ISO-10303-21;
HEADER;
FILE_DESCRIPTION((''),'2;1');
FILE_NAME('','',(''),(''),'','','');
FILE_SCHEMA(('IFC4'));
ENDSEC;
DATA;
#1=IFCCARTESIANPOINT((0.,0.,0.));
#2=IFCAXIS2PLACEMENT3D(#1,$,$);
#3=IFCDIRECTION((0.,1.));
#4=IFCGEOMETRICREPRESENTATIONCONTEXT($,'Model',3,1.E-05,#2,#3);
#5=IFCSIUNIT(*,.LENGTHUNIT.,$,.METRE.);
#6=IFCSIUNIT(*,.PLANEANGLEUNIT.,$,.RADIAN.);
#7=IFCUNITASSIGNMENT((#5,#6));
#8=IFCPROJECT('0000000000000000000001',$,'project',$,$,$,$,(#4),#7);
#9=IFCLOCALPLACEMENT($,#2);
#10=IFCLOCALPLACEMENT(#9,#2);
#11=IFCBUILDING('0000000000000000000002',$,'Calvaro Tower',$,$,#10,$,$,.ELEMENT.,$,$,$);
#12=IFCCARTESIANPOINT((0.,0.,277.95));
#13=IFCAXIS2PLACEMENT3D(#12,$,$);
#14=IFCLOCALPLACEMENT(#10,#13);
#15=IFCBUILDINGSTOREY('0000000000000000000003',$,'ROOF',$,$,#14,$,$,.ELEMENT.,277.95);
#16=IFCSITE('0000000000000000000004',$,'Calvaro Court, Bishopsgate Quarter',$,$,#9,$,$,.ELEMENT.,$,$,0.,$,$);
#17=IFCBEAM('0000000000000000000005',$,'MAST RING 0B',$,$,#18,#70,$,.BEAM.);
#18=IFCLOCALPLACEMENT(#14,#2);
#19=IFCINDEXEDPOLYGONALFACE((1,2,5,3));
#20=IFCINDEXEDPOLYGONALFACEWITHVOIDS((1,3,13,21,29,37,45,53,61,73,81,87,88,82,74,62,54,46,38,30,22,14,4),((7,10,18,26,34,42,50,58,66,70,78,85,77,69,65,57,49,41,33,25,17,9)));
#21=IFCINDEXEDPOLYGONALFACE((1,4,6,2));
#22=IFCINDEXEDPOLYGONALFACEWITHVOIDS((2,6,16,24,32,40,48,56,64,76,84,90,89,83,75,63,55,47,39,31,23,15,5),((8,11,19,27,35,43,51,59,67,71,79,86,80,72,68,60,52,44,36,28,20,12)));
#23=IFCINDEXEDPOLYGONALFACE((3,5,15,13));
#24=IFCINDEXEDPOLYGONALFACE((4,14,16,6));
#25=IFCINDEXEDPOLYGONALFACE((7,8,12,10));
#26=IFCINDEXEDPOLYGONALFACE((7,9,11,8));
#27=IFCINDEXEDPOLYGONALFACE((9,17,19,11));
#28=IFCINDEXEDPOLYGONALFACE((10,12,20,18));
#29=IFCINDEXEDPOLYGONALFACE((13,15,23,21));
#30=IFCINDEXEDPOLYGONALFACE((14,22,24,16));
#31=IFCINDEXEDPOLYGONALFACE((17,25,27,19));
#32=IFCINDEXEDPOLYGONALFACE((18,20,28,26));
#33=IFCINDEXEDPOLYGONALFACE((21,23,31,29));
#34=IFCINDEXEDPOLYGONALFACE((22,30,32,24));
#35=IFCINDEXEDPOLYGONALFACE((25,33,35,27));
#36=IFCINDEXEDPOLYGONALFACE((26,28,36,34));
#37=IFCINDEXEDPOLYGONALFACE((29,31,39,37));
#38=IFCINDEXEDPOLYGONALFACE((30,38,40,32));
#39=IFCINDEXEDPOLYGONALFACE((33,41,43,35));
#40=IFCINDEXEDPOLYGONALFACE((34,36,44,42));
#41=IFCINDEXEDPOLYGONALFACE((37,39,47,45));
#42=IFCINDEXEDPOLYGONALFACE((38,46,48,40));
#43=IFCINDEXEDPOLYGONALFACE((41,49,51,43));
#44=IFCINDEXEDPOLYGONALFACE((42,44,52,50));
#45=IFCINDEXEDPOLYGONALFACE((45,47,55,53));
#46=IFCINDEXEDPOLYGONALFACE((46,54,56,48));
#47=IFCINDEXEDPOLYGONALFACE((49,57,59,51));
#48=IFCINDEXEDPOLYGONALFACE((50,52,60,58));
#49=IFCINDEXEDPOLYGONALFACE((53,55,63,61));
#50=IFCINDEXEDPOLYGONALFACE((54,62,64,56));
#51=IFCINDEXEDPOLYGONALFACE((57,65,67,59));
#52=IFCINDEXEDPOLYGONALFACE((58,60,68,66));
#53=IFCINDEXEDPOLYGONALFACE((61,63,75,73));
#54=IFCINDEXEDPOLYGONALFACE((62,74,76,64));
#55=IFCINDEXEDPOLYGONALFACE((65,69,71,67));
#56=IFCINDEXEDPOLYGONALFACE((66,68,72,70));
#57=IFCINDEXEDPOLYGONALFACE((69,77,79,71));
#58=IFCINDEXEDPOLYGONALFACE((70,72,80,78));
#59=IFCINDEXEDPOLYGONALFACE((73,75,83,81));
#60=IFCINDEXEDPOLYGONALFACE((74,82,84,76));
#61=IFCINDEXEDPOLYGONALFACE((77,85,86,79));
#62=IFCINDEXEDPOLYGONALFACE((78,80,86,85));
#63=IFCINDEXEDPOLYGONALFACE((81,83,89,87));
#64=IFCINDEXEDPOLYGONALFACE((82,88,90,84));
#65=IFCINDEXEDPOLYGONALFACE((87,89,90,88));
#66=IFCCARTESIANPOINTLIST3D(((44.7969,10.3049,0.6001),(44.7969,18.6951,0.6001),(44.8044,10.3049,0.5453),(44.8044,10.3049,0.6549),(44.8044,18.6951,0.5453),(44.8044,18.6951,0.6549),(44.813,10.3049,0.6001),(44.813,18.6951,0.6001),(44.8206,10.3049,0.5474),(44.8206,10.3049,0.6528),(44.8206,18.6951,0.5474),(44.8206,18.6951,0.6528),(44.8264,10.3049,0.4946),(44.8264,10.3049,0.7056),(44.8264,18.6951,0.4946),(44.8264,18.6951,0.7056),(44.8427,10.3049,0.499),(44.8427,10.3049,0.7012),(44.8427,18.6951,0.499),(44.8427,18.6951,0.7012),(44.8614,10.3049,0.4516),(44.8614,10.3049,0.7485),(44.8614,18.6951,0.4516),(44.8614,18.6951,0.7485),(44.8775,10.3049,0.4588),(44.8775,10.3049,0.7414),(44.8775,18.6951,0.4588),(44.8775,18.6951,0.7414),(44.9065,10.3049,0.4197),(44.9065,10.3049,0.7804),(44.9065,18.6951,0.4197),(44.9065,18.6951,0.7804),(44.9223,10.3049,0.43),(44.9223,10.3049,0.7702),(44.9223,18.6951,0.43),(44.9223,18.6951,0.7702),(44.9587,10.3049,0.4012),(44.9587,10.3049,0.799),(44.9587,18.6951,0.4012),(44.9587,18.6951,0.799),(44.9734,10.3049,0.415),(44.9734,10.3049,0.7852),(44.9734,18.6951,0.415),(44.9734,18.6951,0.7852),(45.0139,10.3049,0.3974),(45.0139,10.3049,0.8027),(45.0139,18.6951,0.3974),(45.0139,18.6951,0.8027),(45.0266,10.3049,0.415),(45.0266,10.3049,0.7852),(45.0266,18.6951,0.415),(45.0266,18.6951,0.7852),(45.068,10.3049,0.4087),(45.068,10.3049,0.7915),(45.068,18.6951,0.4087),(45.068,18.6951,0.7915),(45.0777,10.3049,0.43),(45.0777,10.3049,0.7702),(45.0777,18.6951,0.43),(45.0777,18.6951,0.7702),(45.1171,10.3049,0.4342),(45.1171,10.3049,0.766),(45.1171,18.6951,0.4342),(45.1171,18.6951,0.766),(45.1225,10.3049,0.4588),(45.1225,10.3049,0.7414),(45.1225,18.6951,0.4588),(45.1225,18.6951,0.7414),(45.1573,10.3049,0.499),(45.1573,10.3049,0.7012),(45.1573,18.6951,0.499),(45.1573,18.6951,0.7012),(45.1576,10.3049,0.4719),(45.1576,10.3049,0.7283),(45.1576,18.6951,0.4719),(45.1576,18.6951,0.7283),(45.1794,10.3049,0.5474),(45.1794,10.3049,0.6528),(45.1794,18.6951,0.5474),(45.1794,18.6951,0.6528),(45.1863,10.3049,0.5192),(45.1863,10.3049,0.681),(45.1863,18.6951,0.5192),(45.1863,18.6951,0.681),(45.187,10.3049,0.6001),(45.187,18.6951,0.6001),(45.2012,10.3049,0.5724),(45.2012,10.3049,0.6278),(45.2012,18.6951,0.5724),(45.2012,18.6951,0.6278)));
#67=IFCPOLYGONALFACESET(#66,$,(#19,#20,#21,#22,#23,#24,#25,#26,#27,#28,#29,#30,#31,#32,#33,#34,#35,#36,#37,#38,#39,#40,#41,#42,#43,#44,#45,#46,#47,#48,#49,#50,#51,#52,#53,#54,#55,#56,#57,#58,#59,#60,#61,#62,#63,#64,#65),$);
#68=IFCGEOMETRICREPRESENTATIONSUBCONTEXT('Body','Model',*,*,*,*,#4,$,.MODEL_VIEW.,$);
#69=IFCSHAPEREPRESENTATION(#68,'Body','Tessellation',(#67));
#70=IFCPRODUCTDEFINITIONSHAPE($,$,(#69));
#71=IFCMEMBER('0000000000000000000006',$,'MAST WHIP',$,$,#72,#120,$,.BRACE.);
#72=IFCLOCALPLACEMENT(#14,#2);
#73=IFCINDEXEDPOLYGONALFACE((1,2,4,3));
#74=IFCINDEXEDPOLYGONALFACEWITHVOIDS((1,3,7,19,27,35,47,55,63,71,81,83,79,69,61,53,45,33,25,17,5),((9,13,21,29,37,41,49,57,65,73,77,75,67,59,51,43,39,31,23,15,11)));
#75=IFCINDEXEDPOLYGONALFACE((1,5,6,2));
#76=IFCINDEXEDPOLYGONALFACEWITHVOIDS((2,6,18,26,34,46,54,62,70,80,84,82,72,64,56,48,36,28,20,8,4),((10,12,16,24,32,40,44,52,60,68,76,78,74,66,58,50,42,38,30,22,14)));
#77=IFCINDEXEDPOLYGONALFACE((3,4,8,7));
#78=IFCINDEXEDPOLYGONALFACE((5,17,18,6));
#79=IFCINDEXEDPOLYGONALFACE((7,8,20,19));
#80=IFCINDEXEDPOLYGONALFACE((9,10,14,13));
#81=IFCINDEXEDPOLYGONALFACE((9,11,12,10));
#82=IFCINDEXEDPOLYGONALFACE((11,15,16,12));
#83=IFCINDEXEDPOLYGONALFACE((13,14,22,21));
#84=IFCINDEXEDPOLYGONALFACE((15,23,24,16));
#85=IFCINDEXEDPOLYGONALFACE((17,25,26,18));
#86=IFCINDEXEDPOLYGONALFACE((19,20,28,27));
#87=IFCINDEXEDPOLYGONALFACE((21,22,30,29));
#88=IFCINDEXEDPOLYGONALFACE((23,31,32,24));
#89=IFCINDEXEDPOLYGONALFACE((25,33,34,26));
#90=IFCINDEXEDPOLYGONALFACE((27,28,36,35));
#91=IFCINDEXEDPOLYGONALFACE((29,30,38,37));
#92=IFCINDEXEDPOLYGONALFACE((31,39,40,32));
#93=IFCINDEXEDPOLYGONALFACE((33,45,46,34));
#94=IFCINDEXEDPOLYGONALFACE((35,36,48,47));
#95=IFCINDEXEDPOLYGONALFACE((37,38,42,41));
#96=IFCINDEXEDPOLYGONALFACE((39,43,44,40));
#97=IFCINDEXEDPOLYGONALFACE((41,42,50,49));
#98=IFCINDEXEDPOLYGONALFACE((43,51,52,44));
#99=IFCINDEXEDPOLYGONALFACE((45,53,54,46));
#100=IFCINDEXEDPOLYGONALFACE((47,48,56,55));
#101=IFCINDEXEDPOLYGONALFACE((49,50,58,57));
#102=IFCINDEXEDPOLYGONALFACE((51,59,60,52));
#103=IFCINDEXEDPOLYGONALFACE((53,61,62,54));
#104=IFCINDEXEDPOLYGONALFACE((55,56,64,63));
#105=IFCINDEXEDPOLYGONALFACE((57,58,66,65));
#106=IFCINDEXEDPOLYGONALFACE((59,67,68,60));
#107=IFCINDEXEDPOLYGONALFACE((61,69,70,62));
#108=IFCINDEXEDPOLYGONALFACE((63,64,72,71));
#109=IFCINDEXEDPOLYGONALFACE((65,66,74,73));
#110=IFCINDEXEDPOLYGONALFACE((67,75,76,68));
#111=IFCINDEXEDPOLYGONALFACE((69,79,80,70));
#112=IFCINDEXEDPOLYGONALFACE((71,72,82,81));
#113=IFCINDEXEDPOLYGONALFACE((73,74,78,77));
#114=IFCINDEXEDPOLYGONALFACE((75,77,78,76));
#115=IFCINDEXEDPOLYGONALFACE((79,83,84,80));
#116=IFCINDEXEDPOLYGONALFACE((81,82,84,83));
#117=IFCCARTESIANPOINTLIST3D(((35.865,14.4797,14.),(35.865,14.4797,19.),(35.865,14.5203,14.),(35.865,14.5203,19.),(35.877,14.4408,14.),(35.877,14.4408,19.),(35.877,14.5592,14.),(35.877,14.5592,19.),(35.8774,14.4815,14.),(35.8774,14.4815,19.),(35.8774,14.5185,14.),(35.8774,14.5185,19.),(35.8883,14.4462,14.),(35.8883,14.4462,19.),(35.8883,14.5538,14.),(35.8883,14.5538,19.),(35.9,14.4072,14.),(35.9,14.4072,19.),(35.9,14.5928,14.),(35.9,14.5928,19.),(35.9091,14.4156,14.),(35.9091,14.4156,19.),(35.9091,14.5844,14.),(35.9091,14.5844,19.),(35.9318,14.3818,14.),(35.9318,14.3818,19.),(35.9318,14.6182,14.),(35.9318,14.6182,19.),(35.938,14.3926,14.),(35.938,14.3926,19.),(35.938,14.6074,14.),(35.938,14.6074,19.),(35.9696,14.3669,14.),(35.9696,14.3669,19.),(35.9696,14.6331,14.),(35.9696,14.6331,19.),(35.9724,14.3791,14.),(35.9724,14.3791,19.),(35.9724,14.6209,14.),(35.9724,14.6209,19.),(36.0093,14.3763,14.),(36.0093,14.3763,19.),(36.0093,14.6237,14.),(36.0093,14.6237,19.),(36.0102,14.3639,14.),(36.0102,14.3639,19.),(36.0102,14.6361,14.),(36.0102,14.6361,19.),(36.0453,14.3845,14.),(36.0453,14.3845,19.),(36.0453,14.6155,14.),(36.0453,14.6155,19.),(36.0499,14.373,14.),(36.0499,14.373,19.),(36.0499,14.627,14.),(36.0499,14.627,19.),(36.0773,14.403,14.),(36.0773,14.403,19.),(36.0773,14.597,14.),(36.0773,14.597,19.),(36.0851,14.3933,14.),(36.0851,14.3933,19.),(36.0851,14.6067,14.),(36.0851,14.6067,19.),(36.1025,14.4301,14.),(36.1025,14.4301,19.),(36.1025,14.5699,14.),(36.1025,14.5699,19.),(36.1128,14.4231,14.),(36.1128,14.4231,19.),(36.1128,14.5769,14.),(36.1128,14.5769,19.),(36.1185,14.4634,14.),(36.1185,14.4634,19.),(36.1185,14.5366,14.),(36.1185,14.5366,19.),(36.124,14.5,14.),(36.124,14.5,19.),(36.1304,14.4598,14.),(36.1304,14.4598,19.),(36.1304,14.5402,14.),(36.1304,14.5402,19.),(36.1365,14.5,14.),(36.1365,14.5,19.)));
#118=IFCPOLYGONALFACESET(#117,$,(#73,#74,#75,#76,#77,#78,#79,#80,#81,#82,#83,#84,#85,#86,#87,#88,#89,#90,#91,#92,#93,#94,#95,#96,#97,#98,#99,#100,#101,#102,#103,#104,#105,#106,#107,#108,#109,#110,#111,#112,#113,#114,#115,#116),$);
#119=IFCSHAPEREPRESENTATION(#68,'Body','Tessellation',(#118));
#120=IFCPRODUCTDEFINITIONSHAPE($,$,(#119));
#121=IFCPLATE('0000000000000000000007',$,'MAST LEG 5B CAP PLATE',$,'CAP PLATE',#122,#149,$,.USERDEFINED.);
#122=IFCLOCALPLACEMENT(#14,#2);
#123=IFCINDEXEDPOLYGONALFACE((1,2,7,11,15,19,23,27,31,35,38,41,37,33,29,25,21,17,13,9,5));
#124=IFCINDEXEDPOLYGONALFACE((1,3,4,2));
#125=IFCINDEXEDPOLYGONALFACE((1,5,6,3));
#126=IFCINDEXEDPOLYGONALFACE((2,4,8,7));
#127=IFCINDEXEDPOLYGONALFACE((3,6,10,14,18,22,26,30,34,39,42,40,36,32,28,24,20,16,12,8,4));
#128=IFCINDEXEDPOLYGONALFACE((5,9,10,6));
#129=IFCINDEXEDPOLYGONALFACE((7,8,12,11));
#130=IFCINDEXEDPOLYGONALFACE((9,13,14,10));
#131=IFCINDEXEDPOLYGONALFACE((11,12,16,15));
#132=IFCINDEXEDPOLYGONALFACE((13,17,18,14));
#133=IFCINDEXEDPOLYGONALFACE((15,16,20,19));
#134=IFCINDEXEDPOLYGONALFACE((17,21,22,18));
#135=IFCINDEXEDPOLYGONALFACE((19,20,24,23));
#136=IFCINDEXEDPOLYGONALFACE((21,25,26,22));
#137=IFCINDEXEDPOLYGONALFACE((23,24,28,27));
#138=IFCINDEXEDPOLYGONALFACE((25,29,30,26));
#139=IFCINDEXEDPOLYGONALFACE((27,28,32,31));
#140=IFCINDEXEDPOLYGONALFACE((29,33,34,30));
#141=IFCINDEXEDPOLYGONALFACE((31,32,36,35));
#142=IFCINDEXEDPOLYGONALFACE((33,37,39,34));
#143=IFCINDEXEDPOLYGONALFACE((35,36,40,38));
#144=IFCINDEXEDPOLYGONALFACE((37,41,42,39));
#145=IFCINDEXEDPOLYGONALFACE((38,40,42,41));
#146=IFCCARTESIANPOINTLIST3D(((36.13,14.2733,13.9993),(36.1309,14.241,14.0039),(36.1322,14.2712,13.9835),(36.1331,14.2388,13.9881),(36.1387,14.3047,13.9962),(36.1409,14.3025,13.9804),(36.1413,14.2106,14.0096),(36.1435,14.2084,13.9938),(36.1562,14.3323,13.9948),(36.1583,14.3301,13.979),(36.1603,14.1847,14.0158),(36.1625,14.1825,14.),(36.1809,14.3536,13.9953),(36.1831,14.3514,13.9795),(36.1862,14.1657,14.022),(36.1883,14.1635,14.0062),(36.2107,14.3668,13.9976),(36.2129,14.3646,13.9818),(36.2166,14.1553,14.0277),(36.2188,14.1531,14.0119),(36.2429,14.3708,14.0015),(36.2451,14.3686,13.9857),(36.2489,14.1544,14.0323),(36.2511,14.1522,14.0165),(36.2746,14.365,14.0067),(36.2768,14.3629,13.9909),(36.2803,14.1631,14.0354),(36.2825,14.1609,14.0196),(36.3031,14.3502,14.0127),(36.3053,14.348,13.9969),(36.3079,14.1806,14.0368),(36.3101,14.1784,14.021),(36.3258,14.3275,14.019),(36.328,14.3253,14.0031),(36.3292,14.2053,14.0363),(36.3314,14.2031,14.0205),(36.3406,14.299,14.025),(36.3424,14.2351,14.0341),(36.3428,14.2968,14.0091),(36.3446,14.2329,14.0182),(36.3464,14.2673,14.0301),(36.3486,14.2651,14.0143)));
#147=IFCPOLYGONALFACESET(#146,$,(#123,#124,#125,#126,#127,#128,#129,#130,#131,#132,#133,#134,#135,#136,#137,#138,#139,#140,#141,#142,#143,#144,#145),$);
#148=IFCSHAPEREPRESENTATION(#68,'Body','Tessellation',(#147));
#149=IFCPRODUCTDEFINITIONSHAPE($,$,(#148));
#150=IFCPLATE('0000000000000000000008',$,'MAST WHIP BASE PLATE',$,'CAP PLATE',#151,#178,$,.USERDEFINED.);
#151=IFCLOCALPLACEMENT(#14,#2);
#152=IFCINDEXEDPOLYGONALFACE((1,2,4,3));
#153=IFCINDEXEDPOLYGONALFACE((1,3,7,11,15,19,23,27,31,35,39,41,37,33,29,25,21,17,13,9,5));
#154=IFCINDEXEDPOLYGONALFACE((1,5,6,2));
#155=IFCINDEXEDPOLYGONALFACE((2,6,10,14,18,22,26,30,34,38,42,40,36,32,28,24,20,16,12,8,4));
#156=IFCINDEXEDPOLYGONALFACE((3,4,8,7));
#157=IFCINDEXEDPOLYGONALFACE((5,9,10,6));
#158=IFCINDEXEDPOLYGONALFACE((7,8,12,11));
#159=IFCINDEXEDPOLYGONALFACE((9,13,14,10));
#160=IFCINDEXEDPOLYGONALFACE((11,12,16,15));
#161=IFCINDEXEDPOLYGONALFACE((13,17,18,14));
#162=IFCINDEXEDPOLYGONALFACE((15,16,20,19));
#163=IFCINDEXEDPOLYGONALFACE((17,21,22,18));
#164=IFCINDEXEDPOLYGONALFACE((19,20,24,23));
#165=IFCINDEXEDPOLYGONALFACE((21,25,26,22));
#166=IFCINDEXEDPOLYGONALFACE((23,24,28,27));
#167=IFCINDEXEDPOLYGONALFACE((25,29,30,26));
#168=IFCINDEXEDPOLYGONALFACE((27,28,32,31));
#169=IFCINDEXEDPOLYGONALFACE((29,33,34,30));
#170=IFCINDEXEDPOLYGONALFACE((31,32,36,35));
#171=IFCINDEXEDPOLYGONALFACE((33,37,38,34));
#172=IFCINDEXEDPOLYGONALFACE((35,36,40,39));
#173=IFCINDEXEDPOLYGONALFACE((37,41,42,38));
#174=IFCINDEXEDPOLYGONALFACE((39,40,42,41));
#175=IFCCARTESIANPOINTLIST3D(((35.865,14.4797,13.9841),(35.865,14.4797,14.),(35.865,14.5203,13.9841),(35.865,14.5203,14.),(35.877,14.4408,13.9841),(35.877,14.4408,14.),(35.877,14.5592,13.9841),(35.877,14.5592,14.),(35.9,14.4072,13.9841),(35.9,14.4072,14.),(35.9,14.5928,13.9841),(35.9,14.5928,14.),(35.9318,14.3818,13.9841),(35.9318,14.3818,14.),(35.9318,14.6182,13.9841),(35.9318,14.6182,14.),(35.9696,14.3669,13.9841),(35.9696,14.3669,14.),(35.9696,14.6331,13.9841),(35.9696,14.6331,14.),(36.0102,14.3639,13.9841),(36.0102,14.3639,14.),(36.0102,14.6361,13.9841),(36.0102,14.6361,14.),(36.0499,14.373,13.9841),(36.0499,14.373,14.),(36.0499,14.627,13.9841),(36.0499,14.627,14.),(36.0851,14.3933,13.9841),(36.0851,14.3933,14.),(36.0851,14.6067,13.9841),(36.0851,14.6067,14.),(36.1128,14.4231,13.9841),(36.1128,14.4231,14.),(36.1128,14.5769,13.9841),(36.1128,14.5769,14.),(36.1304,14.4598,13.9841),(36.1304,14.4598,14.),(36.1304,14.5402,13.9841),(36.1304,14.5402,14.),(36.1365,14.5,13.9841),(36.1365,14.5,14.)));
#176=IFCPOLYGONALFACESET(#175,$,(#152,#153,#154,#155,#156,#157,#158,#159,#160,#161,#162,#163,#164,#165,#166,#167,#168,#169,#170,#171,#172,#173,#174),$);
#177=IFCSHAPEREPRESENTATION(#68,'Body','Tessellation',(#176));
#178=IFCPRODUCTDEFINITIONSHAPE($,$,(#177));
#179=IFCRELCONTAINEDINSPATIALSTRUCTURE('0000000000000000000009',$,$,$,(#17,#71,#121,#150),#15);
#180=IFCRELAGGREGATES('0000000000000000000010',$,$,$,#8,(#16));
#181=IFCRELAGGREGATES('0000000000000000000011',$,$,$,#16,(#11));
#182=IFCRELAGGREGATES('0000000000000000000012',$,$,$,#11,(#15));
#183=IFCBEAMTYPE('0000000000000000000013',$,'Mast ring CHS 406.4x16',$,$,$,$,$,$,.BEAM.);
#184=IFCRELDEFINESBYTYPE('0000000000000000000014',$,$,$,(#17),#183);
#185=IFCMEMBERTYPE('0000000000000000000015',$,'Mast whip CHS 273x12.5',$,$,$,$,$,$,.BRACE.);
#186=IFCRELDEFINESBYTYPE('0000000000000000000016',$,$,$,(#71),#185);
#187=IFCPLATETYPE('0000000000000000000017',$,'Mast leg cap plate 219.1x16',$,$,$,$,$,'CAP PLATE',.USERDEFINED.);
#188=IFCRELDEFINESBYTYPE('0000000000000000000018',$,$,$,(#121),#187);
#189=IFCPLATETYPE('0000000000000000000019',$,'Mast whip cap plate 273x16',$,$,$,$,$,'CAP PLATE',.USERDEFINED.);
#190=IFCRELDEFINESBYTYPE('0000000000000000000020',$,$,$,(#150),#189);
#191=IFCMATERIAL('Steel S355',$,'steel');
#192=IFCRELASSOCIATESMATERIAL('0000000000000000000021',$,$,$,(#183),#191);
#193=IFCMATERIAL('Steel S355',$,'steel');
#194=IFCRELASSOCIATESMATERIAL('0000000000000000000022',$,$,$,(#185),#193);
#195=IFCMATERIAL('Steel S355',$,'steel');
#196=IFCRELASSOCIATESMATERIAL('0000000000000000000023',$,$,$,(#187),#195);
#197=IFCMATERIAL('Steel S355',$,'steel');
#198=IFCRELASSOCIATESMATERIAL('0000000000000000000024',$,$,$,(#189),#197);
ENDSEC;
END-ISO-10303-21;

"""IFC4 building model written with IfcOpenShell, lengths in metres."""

from ifc_helpers import new_model, si_unit, direction, frame, origin, origin_2d, place, context, subcontext, project, spatial, circle, hollow_circle, extrude, material, material_profile, profile_set, type_object, element, save


model = new_model("IFC4")

# Units and contexts
model_context = context("Model", 3, precision=1e-05, world=origin(), true_north=direction((0.0, 1.0)))
body_context = subcontext(model_context, "Body", "Model", "MODEL_VIEW")
ifc_project = project(units=[si_unit("LENGTHUNIT", "METRE"), si_unit("PLANEANGLEUNIT", "RADIAN")], contexts=[model_context])

# Site, building, storey
site_placement = place(None, origin())
site = spatial("IfcSite", under=ifc_project, at=site_placement, Name="Calvaro Court, Bishopsgate Quarter", CompositionType="ELEMENT", RefElevation=0.0)
building_placement = place(site_placement, origin())
building = spatial("IfcBuilding", under=site, at=building_placement, Name="Calvaro Tower", CompositionType="ELEMENT")
storey_placement = place(building_placement, frame((0.0, 0.0, 277.95)))
storey = spatial("IfcBuildingStorey", under=building, at=storey_placement, Name="ROOF", CompositionType="ELEMENT", Elevation=277.95)

# Beam
ifc_material_1 = material(Name="Steel S355", Category="steel")
ifc_material_profile_1 = material_profile(ifc_material_1, hollow_circle(Radius=0.2031, WallThickness=0.0161, at=origin_2d()), Name="CHS 406.4x16")
ifc_profile_set_1 = profile_set([ifc_material_profile_1], Name="Steel S355")
beam_type_1 = type_object("IfcBeamType", Name="Mast ring CHS 406.4x16", PredefinedType="BEAM", material=ifc_profile_set_1)
beam_1_placement = place(storey_placement, frame((45.0, 10.3049, 0.6001), z_axis=(0.0, 1.0, 0.0), x_axis=(-1.0, 0.0, 0.0)))
element("IfcBeam", 1, at=beam_1_placement, inside=storey, type_object=beam_type_1, Name="MAST RING 0B", PredefinedType="BEAM", context=body_context, shape_type="SweptSolid", body=[
    extrude(hollow_circle(Radius=0.2031, WallThickness=0.0161, at=origin_2d()), origin(), (0.0, 0.0, 1.0), 8.3901),
])

# Member
ifc_material_2 = material(Name="Steel S355", Category="steel")
ifc_material_profile_2 = material_profile(ifc_material_2, hollow_circle(Radius=0.1365, WallThickness=0.0125, at=origin_2d()), Name="CHS 273x12.5")
ifc_profile_set_2 = profile_set([ifc_material_profile_2], Name="Steel S355")
member_type_1 = type_object("IfcMemberType", Name="Mast whip CHS 273x12.5", PredefinedType="BRACE", material=ifc_profile_set_2)
member_1_placement = place(storey_placement, frame((36.0, 14.5, 14.0), z_axis=(0.0, 0.0, 1.0), x_axis=(1.0, 0.0, 0.0)))
element("IfcMember", 2, at=member_1_placement, inside=storey, type_object=member_type_1, Name="MAST WHIP", PredefinedType="BRACE", context=body_context, shape_type="SweptSolid", body=[
    extrude(hollow_circle(Radius=0.1365, WallThickness=0.0125, at=origin_2d()), origin(), (0.0, 0.0, 1.0), 5.0),
])

# Plates
ifc_material_3 = material(Name="Steel S355", Category="steel")
ifc_material_profile_3 = material_profile(ifc_material_3, circle(Radius=0.1096, at=origin_2d()), Name="CIRCLE 219.1")
ifc_profile_set_3 = profile_set([ifc_material_profile_3], Name="Steel S355")
plate_type_1 = type_object("IfcPlateType", Name="Mast leg cap plate 219.1x16", ElementType="CAP PLATE", PredefinedType="USERDEFINED", material=ifc_profile_set_3)
plate_1_placement = place(storey_placement, frame((36.24, 14.26, 14.0), z_axis=(-0.135881, 0.135881, 0.981363), x_axis=(-0.707107, -0.707107, 0.0)))
element("IfcPlate", 3, at=plate_1_placement, inside=storey, type_object=plate_type_1, Name="MAST LEG 5B CAP PLATE", ObjectType="CAP PLATE", PredefinedType="USERDEFINED", context=body_context, shape_type="SweptSolid", body=[
    extrude(circle(Radius=0.1096, at=origin_2d()), origin(), (0.0, 0.0, 1.0), 0.0161),
])
ifc_material_4 = material(Name="Steel S355", Category="steel")
ifc_material_profile_4 = material_profile(ifc_material_4, circle(Radius=0.1365, at=origin_2d()), Name="CIRCLE 273")
ifc_profile_set_4 = profile_set([ifc_material_profile_4], Name="Steel S355")
plate_type_2 = type_object("IfcPlateType", Name="Mast whip cap plate 273x16", ElementType="CAP PLATE", PredefinedType="USERDEFINED", material=ifc_profile_set_4)
plate_2_placement = place(storey_placement, frame((36.0, 14.5, 13.9841), z_axis=(0.0, 0.0, 1.0), x_axis=(1.0, 0.0, 0.0)))
element("IfcPlate", 4, at=plate_2_placement, inside=storey, type_object=plate_type_2, Name="MAST WHIP BASE PLATE", ObjectType="CAP PLATE", PredefinedType="USERDEFINED", context=body_context, shape_type="SweptSolid", body=[
    extrude(circle(Radius=0.1365, at=origin_2d()), origin(), (0.0, 0.0, 1.0), 0.0159),
])

save(model, "model.ifc")
